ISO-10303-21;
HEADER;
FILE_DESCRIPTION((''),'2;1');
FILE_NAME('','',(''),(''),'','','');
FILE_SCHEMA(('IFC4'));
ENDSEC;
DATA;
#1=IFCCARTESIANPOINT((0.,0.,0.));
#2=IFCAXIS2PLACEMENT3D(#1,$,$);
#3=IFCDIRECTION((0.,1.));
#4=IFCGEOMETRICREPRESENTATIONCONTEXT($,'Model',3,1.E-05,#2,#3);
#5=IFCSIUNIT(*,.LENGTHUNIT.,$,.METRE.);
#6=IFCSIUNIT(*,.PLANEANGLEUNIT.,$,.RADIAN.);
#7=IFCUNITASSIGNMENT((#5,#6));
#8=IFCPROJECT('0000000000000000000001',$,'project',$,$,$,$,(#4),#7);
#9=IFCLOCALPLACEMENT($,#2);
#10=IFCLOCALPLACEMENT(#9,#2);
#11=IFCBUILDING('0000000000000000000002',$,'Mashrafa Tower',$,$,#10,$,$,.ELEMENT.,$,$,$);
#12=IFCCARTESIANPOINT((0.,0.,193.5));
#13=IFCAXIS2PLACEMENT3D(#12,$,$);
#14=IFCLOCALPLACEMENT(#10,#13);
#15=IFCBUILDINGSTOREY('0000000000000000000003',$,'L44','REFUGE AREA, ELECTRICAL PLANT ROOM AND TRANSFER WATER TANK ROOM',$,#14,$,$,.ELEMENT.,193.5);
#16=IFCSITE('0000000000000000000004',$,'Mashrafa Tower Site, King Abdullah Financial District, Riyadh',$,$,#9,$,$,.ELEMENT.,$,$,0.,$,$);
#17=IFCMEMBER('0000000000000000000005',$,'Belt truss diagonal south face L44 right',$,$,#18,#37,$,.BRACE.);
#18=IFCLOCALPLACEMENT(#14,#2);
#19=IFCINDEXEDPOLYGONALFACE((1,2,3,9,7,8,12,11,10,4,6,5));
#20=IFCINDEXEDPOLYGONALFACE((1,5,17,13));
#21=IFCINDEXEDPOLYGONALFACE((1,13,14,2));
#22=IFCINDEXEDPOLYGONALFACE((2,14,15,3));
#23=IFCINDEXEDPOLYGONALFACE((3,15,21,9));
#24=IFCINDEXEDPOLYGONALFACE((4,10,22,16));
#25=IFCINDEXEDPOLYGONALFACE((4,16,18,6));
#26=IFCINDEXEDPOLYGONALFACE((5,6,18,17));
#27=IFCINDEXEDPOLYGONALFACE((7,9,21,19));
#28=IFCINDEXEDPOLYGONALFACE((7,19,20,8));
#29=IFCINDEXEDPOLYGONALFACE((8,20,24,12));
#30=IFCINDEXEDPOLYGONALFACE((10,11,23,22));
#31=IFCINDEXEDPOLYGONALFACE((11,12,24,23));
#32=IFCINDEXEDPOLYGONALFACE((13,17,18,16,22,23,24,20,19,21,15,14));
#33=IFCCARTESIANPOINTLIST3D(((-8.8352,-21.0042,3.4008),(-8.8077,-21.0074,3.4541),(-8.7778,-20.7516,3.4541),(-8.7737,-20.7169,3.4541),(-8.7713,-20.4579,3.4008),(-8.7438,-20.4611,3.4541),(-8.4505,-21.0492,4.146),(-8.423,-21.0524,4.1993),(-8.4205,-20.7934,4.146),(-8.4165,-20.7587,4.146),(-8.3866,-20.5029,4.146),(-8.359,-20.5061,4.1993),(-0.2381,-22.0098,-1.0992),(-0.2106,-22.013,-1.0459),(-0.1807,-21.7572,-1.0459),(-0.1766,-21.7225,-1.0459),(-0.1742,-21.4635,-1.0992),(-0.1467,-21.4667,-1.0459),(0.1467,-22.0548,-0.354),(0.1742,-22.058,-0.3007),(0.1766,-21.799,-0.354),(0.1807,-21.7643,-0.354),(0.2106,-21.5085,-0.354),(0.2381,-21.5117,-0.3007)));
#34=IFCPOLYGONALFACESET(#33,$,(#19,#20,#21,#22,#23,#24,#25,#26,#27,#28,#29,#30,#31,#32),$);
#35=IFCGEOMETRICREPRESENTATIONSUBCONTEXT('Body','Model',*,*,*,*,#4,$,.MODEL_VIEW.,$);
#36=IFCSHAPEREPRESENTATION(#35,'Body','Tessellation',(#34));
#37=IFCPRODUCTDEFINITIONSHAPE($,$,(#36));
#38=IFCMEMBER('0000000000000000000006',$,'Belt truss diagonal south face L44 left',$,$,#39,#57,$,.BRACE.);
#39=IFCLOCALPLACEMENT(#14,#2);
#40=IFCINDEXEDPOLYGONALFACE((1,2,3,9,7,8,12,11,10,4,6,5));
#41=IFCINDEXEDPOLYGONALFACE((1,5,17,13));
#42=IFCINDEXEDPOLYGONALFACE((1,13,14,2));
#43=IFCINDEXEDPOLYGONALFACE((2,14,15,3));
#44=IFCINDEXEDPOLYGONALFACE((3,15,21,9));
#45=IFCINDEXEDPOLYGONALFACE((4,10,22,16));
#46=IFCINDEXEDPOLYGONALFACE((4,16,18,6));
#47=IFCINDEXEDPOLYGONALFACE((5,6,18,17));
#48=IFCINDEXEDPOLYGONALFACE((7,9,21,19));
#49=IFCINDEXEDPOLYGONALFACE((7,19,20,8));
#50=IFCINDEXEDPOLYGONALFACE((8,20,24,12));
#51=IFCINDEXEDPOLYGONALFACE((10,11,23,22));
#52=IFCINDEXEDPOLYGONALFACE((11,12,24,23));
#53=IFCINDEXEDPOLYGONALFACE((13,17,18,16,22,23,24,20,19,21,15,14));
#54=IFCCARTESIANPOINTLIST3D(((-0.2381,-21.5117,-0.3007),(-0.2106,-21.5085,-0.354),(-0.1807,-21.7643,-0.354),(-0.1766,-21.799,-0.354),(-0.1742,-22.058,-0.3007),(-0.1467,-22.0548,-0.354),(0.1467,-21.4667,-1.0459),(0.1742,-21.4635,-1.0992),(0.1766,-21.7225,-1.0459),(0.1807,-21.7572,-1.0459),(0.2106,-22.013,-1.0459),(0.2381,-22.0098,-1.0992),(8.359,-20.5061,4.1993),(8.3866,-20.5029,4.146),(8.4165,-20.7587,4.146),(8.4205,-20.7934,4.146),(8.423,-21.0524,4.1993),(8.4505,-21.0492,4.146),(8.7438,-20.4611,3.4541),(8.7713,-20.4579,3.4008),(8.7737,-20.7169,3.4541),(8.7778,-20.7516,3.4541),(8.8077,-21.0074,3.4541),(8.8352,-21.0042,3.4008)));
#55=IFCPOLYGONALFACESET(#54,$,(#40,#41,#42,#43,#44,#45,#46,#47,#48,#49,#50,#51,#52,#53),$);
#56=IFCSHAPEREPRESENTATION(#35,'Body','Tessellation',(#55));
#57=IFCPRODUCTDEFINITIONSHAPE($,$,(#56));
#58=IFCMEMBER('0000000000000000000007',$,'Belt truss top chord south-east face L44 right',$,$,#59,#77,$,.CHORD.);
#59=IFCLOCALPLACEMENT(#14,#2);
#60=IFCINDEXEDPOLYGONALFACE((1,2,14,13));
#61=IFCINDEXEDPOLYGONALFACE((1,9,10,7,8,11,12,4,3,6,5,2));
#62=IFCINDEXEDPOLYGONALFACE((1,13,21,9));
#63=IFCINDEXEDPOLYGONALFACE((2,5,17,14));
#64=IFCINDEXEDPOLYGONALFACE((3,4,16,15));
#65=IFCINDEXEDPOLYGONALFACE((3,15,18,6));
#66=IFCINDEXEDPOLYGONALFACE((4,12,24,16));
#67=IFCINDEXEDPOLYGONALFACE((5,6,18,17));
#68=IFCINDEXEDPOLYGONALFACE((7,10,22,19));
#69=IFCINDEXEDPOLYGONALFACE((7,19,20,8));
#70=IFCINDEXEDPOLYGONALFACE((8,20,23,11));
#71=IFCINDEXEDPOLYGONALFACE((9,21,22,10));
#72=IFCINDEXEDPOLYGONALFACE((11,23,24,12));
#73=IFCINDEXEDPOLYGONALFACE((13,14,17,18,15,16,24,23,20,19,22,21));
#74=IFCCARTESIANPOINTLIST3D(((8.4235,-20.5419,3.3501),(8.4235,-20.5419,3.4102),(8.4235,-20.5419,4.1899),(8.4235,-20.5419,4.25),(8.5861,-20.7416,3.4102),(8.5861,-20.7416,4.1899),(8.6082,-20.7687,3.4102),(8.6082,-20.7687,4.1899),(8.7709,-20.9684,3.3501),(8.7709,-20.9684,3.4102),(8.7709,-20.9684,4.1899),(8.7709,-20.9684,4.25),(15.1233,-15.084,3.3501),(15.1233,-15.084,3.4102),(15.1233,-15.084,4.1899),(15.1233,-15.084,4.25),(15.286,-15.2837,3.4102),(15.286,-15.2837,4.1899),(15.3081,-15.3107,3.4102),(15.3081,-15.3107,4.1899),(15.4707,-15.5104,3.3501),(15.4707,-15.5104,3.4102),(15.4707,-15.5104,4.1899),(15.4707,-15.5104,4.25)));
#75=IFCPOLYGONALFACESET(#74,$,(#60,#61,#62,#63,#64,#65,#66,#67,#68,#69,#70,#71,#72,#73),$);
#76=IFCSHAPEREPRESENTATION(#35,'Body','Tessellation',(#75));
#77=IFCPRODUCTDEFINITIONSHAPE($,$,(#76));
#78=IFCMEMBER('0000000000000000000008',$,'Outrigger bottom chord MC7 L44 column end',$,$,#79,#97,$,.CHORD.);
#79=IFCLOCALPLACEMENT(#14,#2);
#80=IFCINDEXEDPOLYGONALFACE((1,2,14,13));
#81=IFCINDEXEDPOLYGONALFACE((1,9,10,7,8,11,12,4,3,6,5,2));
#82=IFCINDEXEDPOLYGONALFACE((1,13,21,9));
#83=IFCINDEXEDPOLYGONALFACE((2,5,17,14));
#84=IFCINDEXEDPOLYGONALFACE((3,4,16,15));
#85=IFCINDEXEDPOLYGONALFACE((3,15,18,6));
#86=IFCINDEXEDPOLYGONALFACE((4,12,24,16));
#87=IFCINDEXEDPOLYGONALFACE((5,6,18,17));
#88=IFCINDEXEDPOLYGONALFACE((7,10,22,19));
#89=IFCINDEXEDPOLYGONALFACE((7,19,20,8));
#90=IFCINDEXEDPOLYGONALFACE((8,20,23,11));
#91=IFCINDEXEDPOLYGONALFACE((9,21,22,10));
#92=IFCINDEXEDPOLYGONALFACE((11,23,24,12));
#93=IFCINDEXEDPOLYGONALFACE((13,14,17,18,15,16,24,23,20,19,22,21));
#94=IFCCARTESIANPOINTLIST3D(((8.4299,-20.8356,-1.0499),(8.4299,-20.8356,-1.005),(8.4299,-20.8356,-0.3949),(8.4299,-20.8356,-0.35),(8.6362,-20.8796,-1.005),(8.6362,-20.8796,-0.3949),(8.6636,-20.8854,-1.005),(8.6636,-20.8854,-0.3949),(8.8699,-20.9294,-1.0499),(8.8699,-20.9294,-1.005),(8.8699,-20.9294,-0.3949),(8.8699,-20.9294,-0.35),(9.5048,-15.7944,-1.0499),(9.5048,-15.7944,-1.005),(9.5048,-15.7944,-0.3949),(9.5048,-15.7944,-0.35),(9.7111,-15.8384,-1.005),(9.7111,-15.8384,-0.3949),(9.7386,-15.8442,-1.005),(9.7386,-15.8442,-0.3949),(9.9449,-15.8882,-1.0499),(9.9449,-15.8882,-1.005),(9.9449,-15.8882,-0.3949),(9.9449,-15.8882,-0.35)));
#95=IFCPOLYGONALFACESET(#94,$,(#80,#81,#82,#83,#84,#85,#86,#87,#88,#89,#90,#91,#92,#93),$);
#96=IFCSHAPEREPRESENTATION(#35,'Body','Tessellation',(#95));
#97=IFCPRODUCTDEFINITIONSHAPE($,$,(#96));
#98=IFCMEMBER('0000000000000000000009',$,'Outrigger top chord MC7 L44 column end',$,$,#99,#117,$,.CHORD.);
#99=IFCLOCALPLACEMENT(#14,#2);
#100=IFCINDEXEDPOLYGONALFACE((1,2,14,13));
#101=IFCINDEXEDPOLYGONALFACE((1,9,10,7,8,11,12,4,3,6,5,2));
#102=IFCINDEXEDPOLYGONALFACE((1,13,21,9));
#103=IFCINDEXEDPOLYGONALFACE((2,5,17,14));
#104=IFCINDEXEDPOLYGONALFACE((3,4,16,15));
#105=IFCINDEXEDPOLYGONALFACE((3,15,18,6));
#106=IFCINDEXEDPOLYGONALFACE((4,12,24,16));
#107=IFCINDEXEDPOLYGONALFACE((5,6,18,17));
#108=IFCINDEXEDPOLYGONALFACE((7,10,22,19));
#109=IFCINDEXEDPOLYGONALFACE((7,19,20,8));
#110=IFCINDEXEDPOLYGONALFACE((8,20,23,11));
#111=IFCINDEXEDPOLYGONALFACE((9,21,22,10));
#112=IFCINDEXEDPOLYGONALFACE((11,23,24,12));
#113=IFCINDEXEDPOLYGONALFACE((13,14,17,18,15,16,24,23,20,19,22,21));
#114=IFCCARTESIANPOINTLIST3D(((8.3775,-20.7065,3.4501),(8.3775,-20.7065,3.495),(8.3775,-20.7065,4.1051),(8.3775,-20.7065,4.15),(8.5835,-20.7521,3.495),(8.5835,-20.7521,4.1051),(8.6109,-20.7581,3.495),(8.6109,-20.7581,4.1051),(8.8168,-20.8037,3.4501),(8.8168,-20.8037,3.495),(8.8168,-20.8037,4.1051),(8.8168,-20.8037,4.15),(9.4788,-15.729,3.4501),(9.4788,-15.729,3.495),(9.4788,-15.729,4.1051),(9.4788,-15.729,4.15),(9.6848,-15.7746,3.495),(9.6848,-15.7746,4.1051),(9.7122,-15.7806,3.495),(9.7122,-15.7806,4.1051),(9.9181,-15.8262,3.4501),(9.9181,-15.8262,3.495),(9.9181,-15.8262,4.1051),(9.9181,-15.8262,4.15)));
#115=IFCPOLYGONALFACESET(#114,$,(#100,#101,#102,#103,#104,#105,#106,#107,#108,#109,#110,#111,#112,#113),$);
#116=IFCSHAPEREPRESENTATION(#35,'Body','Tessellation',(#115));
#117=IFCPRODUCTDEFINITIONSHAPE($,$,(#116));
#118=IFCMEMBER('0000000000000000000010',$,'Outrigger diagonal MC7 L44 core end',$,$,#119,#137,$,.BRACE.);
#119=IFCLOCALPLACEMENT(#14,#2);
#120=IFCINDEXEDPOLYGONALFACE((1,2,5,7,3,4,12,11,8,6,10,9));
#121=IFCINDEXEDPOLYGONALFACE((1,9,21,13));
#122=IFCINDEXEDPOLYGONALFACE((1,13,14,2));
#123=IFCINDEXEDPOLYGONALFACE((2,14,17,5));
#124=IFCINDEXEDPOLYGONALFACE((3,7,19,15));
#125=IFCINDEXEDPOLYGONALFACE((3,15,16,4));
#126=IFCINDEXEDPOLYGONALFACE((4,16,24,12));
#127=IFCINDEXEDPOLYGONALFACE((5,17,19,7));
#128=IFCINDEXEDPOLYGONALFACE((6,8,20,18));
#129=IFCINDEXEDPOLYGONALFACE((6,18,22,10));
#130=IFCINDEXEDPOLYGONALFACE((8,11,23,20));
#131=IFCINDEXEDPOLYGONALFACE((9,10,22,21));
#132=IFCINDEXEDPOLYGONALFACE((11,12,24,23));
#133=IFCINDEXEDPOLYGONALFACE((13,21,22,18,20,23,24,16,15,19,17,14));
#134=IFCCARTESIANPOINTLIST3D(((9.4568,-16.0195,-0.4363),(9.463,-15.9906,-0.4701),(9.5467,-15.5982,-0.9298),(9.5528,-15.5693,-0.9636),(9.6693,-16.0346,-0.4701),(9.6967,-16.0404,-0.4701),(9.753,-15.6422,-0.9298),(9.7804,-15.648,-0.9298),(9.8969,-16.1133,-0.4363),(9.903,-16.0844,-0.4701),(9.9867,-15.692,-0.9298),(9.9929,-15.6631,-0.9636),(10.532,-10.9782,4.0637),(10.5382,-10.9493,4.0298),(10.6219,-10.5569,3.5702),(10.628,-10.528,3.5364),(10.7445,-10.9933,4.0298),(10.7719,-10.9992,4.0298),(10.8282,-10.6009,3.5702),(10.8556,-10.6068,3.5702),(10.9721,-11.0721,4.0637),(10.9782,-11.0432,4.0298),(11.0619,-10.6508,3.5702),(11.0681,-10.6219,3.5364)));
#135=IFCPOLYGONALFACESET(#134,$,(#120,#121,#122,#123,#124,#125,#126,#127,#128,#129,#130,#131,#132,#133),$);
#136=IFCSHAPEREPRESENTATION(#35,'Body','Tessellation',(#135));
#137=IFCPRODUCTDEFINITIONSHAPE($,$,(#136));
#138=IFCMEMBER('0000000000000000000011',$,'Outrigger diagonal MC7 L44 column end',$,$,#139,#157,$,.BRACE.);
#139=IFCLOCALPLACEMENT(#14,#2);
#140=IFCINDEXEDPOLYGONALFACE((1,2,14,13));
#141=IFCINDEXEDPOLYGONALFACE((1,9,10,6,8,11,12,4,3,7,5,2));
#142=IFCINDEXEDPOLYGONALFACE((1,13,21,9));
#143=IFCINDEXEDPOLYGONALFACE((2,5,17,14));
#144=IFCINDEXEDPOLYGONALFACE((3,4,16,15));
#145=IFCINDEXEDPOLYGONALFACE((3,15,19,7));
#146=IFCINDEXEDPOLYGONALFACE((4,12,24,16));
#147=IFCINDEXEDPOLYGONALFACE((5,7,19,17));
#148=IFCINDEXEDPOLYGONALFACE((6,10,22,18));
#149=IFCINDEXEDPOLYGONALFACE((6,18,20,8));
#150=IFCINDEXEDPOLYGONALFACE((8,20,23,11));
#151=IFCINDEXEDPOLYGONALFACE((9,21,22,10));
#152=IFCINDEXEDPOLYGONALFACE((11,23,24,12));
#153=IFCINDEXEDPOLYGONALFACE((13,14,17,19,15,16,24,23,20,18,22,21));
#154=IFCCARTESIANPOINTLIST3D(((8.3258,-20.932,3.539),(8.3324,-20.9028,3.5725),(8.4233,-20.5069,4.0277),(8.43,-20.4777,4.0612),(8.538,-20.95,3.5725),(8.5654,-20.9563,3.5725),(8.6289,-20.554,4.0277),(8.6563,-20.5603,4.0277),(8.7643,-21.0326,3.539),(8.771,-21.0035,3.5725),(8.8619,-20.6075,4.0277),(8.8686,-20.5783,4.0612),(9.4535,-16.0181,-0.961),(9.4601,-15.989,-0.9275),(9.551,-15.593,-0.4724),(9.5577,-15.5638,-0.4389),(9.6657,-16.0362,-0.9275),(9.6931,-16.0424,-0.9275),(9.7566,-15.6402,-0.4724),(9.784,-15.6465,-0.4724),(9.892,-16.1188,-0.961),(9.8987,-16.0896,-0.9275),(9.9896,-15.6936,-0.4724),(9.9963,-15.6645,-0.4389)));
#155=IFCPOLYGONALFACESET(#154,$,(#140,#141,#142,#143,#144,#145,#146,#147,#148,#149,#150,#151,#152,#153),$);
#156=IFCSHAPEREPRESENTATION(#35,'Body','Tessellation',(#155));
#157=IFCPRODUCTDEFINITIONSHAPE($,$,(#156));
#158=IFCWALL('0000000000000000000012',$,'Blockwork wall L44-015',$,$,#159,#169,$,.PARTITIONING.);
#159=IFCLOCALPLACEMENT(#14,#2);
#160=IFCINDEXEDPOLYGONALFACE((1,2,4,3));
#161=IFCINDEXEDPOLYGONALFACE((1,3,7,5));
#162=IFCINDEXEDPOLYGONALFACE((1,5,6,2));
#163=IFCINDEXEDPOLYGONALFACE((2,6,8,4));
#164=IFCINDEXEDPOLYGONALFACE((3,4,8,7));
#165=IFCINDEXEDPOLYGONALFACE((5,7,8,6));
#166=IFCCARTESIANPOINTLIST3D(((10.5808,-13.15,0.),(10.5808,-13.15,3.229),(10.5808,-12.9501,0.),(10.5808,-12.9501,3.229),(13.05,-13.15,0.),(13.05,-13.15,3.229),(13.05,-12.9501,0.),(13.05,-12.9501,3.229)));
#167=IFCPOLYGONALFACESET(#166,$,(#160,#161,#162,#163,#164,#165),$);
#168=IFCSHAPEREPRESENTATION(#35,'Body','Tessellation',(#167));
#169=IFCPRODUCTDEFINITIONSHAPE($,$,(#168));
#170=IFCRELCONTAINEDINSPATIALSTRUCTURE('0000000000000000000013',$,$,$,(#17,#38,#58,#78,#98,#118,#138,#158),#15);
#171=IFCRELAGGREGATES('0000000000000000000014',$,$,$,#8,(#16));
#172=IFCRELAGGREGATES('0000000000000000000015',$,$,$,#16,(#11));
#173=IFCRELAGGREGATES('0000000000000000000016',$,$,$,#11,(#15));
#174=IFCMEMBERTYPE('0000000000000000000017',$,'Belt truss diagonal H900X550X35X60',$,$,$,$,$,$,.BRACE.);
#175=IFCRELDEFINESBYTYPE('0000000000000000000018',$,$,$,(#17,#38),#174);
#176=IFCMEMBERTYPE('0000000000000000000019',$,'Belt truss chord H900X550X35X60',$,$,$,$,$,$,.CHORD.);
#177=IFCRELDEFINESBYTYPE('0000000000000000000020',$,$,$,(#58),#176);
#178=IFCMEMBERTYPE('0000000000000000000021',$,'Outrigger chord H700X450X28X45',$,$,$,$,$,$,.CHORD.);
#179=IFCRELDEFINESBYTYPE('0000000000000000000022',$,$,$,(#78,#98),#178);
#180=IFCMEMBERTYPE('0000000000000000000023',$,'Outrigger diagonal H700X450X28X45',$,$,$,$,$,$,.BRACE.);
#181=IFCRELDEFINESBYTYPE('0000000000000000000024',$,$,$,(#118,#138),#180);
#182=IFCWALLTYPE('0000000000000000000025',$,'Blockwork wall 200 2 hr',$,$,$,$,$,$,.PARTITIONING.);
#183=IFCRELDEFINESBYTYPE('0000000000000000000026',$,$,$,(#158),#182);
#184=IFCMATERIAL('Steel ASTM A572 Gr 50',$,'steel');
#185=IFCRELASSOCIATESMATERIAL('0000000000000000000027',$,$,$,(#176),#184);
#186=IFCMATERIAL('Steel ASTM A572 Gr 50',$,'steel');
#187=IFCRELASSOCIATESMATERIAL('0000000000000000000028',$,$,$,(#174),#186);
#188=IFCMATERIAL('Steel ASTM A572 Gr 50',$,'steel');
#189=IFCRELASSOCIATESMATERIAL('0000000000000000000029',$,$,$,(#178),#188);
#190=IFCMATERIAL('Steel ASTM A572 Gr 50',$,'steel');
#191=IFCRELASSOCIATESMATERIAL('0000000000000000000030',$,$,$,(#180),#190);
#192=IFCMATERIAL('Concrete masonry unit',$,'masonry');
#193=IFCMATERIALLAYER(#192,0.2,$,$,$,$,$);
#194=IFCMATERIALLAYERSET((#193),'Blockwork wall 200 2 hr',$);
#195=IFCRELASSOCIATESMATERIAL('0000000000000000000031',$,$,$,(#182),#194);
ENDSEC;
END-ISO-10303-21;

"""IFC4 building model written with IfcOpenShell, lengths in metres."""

from ifc_helpers import new_model, si_unit, direction, frame, frame_2d, origin, origin_2d, place, context, subcontext, project, spatial, rectangle, i_section, extrude, source, transform, mapped, material, layer, layer_set, material_profile, profile_set, type_object, type_shapes, element, save


model = new_model("IFC4")

# Units and contexts
model_context = context("Model", 3, precision=1e-05, world=origin(), true_north=direction((0.0, 1.0)))
body_context = subcontext(model_context, "Body", "Model", "MODEL_VIEW")
ifc_project = project(units=[si_unit("LENGTHUNIT", "METRE"), si_unit("PLANEANGLEUNIT", "RADIAN")], contexts=[model_context])

# Site, building, storey
site_placement = place(None, origin())
site = spatial("IfcSite", under=ifc_project, at=site_placement, Name="Mashrafa Tower Site, King Abdullah Financial District, Riyadh", CompositionType="ELEMENT", RefElevation=0.0)
building_placement = place(site_placement, origin())
building = spatial("IfcBuilding", under=site, at=building_placement, Name="Mashrafa Tower", CompositionType="ELEMENT")
storey_placement = place(building_placement, frame((0.0, 0.0, 193.5)))
storey = spatial("IfcBuildingStorey", under=building, at=storey_placement, Name="L44", Description="REFUGE AREA, ELECTRICAL PLANT ROOM AND TRANSFER WATER TANK ROOM", CompositionType="ELEMENT", Elevation=193.5)

# Members
ifc_material_1 = material(Name="Steel ASTM A572 Gr 50", Category="steel")
ifc_material_profile_1 = material_profile(ifc_material_1, i_section(OverallWidth=0.55, OverallDepth=0.8999, WebThickness=0.0349, FlangeThickness=0.0601, at=origin_2d()), Name="H900X550X35X60")
ifc_profile_set_1 = profile_set([ifc_material_profile_1], Name="Steel ASTM A572 Gr 50")
member_type_1 = type_object("IfcMemberType", Name="Belt truss chord H900X550X35X60", PredefinedType="CHORD", material=ifc_profile_set_1)
ifc_material_2 = material(Name="Steel ASTM A572 Gr 50", Category="steel")
ifc_material_profile_2 = material_profile(ifc_material_2, i_section(OverallWidth=0.55, OverallDepth=0.8999, WebThickness=0.0349, FlangeThickness=0.0601, at=origin_2d()), Name="H900X550X35X60")
ifc_profile_set_2 = profile_set([ifc_material_profile_2], Name="Steel ASTM A572 Gr 50")
member_type_2 = type_object("IfcMemberType", Name="Belt truss diagonal H900X550X35X60", PredefinedType="BRACE", material=ifc_profile_set_2)
shared_shape_1 = source(origin(), body_context, "Body", "SweptSolid", [
    extrude(i_section(OverallWidth=0.55, OverallDepth=0.8999, WebThickness=0.0349, FlangeThickness=0.0601, at=origin_2d()), origin(), (0.0, 0.0, 1.0), 9.7556),
])
type_shapes(member_type_2, [shared_shape_1])
for number, where, z_axis, x_axis, name in (
    (1, (0.0, -21.7607, -0.7), (-0.881251, 0.10308, 0.461272), (-0.116178, -0.993228, 0.0), "Belt truss diagonal south face L44 right"),
    (2, (0.0, -21.7607, -0.7), (0.881251, 0.10308, 0.461272), (-0.116178, 0.993228, 0.0), "Belt truss diagonal south face L44 left"),
):
    element("IfcMember", number, at=place(storey_placement, frame(where, z_axis=z_axis, x_axis=x_axis)), inside=storey, type_object=member_type_2, Name=name, PredefinedType="BRACE", context=body_context, shape_type="MappedRepresentation", body=[
        mapped(shared_shape_1, transform((0.0, 0.0, 0.0))),
    ])
shared_shape_2 = source(origin(), body_context, "Body", "SweptSolid", [
    extrude(i_section(OverallWidth=0.55, OverallDepth=0.8999, WebThickness=0.0349, FlangeThickness=0.0601, at=origin_2d()), origin(), (0.0, 0.0, 1.0), 8.6416),
])
member_1_placement = place(storey_placement, frame((8.5972, -20.7551, 3.8), z_axis=(0.775304, 0.631589, 0.0), x_axis=(-0.631589, 0.775304, 0.0)))
element("IfcMember", 3, at=member_1_placement, inside=storey, type_object=member_type_1, Name="Belt truss top chord south-east face L44 right", PredefinedType="CHORD", context=body_context, shape_type="MappedRepresentation", body=[
    mapped(shared_shape_2, transform((0.0, 0.0, 0.0))),
])
ifc_material_3 = material(Name="Steel ASTM A572 Gr 50", Category="steel")
ifc_material_profile_3 = material_profile(ifc_material_3, i_section(OverallWidth=0.45, OverallDepth=0.7, WebThickness=0.0281, FlangeThickness=0.0449, at=origin_2d()), Name="H700X450X28X45")
ifc_profile_set_3 = profile_set([ifc_material_profile_3], Name="Steel ASTM A572 Gr 50")
member_type_3 = type_object("IfcMemberType", Name="Outrigger chord H700X450X28X45", PredefinedType="CHORD", material=ifc_profile_set_3)
shared_shape_3 = source(origin(), body_context, "Body", "SweptSolid", [
    extrude(i_section(OverallWidth=0.45, OverallDepth=0.7, WebThickness=0.0281, FlangeThickness=0.0449, at=origin_2d()), origin(), (0.0, 0.0, 1.0), 5.1545),
])
member_2_placement = place(storey_placement, frame((9.7249, -15.8413, -0.7), z_axis=(-0.208542, -0.978013, 0.0), x_axis=(0.978013, -0.208542, 0.0)))
element("IfcMember", 4, at=member_2_placement, inside=storey, type_object=member_type_3, Name="Outrigger bottom chord MC7 L44 column end", PredefinedType="CHORD", context=body_context, shape_type="MappedRepresentation", body=[
    mapped(shared_shape_3, transform((0.0, 0.0, 0.0))),
])
shared_shape_4 = source(origin(), body_context, "Body", "SweptSolid", [
    extrude(i_section(OverallWidth=0.45, OverallDepth=0.7, WebThickness=0.0281, FlangeThickness=0.0449, at=origin_2d()), origin(), (0.0, 0.0, 1.0), 5.0979),
])
type_shapes(member_type_3, [shared_shape_3, shared_shape_4])
member_3_placement = place(storey_placement, frame((9.6985, -15.7776, 3.8), z_axis=(-0.216033, -0.976386, 0.0), x_axis=(0.976386, -0.216033, 0.0)))
element("IfcMember", 5, at=member_3_placement, inside=storey, type_object=member_type_3, Name="Outrigger top chord MC7 L44 column end", PredefinedType="CHORD", context=body_context, shape_type="MappedRepresentation", body=[
    mapped(shared_shape_4, transform((0.0, 0.0, 0.0))),
])
ifc_material_4 = material(Name="Steel ASTM A572 Gr 50", Category="steel")
ifc_material_profile_4 = material_profile(ifc_material_4, i_section(OverallWidth=0.45, OverallDepth=0.7, WebThickness=0.0281, FlangeThickness=0.0449, at=origin_2d()), Name="H700X450X28X45")
ifc_profile_set_4 = profile_set([ifc_material_profile_4], Name="Steel ASTM A572 Gr 50")
member_type_4 = type_object("IfcMemberType", Name="Outrigger diagonal H700X450X28X45", PredefinedType="BRACE", material=ifc_profile_set_4)
shared_shape_5 = source(origin(), body_context, "Body", "SweptSolid", [
    extrude(i_section(OverallWidth=0.45, OverallDepth=0.7, WebThickness=0.0281, FlangeThickness=0.0449, at=origin_2d()), origin(), (0.0, 0.0, 1.0), 6.8425),
])
member_4_placement = place(storey_placement, frame((9.7249, -15.8413, -0.7), z_axis=(0.157134, 0.736753, 0.657651), x_axis=(-0.978004, 0.208588, 0.0)))
element("IfcMember", 6, at=member_4_placement, inside=storey, type_object=member_type_4, Name="Outrigger diagonal MC7 L44 core end", PredefinedType="BRACE", context=body_context, shape_type="MappedRepresentation", body=[
    mapped(shared_shape_5, transform((0.0, 0.0, 0.0))),
])
shared_shape_6 = source(origin(), body_context, "Body", "SweptSolid", [
    extrude(i_section(OverallWidth=0.45, OverallDepth=0.7, WebThickness=0.0281, FlangeThickness=0.0449, at=origin_2d()), origin(), (0.0, 0.0, 1.0), 6.7578),
])
type_shapes(member_type_4, [shared_shape_5, shared_shape_6])
member_5_placement = place(storey_placement, frame((9.7249, -15.8413, -0.7), z_axis=(-0.166873, -0.727137, 0.665901), x_axis=(0.974663, -0.223678, 0.0)))
element("IfcMember", 7, at=member_5_placement, inside=storey, type_object=member_type_4, Name="Outrigger diagonal MC7 L44 column end", PredefinedType="BRACE", context=body_context, shape_type="MappedRepresentation", body=[
    mapped(shared_shape_6, transform((0.0, 0.0, 0.0))),
])

# Wall
ifc_material_5 = material(Name="Concrete masonry unit", Category="masonry")
ifc_layer_1 = layer(ifc_material_5, 0.2)
ifc_layer_set_1 = layer_set([ifc_layer_1], Name="Blockwork wall 200 2 hr")
wall_type = type_object("IfcWallType", Name="Blockwork wall 200 2 hr", PredefinedType="PARTITIONING", material=ifc_layer_set_1)
wall_placement = place(storey_placement, frame((10.5808, -13.05, 0.0), z_axis=(0.0, 0.0, 1.0), x_axis=(1.0, 0.0, 0.0)))
element("IfcWall", 8, at=wall_placement, inside=storey, type_object=wall_type, Name="Blockwork wall L44-015", PredefinedType="PARTITIONING", context=body_context, shape_type="SweptSolid", body=[
    extrude(rectangle(XDim=2.4692, YDim=0.2, at=frame_2d((1.2346, 0.0))), origin(), (0.0, 0.0, 1.0), 3.229),
])

save(model, "model.ifc")
